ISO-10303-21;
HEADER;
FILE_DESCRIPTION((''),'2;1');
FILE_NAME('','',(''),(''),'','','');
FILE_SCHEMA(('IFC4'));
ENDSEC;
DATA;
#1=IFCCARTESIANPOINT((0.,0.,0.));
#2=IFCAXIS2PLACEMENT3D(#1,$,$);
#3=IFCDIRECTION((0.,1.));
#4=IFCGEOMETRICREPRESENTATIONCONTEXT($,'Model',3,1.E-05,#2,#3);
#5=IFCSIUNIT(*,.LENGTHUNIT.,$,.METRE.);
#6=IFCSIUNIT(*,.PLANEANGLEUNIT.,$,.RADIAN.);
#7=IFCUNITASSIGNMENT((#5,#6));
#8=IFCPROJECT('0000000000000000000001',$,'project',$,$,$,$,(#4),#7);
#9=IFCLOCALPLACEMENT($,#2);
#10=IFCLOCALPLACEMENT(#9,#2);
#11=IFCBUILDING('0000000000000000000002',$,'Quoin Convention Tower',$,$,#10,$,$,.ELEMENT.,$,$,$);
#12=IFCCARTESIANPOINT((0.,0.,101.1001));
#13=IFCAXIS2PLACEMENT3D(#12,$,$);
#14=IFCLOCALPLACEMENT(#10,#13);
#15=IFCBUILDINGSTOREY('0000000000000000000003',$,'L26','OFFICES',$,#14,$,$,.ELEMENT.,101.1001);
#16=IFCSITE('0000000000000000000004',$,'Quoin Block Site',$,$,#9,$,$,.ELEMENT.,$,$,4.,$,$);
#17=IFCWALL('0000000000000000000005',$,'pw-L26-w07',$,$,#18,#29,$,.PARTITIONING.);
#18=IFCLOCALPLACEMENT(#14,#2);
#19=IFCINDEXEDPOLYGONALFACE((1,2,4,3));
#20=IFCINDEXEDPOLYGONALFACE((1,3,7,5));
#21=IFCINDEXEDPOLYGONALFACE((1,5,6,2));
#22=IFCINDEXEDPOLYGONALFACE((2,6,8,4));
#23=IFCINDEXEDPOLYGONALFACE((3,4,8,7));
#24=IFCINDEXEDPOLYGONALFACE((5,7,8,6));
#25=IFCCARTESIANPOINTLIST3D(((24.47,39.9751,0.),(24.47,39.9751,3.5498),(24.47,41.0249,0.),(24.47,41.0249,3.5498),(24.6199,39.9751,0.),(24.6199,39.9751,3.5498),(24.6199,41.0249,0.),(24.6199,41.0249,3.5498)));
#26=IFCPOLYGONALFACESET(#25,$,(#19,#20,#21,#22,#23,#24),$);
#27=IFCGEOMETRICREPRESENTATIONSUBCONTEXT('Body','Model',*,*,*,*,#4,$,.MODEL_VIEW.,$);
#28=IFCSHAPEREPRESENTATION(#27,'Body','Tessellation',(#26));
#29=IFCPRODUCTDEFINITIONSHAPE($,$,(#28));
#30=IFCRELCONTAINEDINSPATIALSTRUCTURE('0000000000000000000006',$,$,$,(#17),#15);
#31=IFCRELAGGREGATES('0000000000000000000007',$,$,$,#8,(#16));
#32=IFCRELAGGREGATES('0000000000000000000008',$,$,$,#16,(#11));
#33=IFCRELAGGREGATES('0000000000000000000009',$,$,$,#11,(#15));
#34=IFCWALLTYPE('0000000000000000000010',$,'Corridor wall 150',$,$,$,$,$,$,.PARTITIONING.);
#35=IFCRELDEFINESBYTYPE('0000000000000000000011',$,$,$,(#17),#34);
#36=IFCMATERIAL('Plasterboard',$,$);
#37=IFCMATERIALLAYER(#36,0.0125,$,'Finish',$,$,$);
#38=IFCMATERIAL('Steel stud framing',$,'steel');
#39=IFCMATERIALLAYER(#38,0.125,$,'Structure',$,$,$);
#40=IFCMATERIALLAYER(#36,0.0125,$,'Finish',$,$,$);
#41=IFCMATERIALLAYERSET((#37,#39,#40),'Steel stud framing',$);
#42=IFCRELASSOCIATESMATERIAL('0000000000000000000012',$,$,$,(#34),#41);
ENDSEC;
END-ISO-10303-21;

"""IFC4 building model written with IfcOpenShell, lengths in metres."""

from ifc_helpers import new_model, si_unit, direction, frame, frame_2d, origin, place, context, subcontext, project, spatial, rectangle, extrude, material, layer, layer_set, type_object, element, save


model = new_model("IFC4")

# Units and contexts
model_context = context("Model", 3, precision=1e-05, world=origin(), true_north=direction((0.0, 1.0)))
body_context = subcontext(model_context, "Body", "Model", "MODEL_VIEW")
ifc_project = project(units=[si_unit("LENGTHUNIT", "METRE"), si_unit("PLANEANGLEUNIT", "RADIAN")], contexts=[model_context])

# Site, building, storey
site_placement = place(None, origin())
site = spatial("IfcSite", under=ifc_project, at=site_placement, Name="Quoin Block Site", CompositionType="ELEMENT", RefElevation=4.0)
building_placement = place(site_placement, origin())
building = spatial("IfcBuilding", under=site, at=building_placement, Name="Quoin Convention Tower", CompositionType="ELEMENT")
storey_placement = place(building_placement, frame((0.0, 0.0, 101.1001)))
storey = spatial("IfcBuildingStorey", under=building, at=storey_placement, Name="L26", Description="OFFICES", CompositionType="ELEMENT", Elevation=101.1001)

# Wall
ifc_material_1 = material(Name="Plasterboard")
ifc_layer_1 = layer(ifc_material_1, 0.0125, Name="Finish")
ifc_material_2 = material(Name="Steel stud framing", Category="steel")
ifc_layer_2 = layer(ifc_material_2, 0.125, Name="Structure")
ifc_layer_3 = layer(ifc_material_1, 0.0125, Name="Finish")
ifc_layer_set_1 = layer_set([ifc_layer_1, ifc_layer_2, ifc_layer_3], Name="Steel stud framing")
wall_type_1 = type_object("IfcWallType", Name="Corridor wall 150", PredefinedType="PARTITIONING", material=ifc_layer_set_1)
wall_1_placement = place(storey_placement, frame((24.5449, 39.9751, 0.0), z_axis=(0.0, 0.0, 1.0), x_axis=(0.0, 1.0, 0.0)))
element("IfcWall", 1, at=wall_1_placement, inside=storey, type_object=wall_type_1, Name="pw-L26-w07", PredefinedType="PARTITIONING", context=body_context, shape_type="SweptSolid", body=[
    extrude(rectangle(XDim=1.0498, YDim=0.1499, at=frame_2d((0.5249, 0.0))), origin(), (0.0, 0.0, 1.0), 3.5498),
])

save(model, "model.ifc")
